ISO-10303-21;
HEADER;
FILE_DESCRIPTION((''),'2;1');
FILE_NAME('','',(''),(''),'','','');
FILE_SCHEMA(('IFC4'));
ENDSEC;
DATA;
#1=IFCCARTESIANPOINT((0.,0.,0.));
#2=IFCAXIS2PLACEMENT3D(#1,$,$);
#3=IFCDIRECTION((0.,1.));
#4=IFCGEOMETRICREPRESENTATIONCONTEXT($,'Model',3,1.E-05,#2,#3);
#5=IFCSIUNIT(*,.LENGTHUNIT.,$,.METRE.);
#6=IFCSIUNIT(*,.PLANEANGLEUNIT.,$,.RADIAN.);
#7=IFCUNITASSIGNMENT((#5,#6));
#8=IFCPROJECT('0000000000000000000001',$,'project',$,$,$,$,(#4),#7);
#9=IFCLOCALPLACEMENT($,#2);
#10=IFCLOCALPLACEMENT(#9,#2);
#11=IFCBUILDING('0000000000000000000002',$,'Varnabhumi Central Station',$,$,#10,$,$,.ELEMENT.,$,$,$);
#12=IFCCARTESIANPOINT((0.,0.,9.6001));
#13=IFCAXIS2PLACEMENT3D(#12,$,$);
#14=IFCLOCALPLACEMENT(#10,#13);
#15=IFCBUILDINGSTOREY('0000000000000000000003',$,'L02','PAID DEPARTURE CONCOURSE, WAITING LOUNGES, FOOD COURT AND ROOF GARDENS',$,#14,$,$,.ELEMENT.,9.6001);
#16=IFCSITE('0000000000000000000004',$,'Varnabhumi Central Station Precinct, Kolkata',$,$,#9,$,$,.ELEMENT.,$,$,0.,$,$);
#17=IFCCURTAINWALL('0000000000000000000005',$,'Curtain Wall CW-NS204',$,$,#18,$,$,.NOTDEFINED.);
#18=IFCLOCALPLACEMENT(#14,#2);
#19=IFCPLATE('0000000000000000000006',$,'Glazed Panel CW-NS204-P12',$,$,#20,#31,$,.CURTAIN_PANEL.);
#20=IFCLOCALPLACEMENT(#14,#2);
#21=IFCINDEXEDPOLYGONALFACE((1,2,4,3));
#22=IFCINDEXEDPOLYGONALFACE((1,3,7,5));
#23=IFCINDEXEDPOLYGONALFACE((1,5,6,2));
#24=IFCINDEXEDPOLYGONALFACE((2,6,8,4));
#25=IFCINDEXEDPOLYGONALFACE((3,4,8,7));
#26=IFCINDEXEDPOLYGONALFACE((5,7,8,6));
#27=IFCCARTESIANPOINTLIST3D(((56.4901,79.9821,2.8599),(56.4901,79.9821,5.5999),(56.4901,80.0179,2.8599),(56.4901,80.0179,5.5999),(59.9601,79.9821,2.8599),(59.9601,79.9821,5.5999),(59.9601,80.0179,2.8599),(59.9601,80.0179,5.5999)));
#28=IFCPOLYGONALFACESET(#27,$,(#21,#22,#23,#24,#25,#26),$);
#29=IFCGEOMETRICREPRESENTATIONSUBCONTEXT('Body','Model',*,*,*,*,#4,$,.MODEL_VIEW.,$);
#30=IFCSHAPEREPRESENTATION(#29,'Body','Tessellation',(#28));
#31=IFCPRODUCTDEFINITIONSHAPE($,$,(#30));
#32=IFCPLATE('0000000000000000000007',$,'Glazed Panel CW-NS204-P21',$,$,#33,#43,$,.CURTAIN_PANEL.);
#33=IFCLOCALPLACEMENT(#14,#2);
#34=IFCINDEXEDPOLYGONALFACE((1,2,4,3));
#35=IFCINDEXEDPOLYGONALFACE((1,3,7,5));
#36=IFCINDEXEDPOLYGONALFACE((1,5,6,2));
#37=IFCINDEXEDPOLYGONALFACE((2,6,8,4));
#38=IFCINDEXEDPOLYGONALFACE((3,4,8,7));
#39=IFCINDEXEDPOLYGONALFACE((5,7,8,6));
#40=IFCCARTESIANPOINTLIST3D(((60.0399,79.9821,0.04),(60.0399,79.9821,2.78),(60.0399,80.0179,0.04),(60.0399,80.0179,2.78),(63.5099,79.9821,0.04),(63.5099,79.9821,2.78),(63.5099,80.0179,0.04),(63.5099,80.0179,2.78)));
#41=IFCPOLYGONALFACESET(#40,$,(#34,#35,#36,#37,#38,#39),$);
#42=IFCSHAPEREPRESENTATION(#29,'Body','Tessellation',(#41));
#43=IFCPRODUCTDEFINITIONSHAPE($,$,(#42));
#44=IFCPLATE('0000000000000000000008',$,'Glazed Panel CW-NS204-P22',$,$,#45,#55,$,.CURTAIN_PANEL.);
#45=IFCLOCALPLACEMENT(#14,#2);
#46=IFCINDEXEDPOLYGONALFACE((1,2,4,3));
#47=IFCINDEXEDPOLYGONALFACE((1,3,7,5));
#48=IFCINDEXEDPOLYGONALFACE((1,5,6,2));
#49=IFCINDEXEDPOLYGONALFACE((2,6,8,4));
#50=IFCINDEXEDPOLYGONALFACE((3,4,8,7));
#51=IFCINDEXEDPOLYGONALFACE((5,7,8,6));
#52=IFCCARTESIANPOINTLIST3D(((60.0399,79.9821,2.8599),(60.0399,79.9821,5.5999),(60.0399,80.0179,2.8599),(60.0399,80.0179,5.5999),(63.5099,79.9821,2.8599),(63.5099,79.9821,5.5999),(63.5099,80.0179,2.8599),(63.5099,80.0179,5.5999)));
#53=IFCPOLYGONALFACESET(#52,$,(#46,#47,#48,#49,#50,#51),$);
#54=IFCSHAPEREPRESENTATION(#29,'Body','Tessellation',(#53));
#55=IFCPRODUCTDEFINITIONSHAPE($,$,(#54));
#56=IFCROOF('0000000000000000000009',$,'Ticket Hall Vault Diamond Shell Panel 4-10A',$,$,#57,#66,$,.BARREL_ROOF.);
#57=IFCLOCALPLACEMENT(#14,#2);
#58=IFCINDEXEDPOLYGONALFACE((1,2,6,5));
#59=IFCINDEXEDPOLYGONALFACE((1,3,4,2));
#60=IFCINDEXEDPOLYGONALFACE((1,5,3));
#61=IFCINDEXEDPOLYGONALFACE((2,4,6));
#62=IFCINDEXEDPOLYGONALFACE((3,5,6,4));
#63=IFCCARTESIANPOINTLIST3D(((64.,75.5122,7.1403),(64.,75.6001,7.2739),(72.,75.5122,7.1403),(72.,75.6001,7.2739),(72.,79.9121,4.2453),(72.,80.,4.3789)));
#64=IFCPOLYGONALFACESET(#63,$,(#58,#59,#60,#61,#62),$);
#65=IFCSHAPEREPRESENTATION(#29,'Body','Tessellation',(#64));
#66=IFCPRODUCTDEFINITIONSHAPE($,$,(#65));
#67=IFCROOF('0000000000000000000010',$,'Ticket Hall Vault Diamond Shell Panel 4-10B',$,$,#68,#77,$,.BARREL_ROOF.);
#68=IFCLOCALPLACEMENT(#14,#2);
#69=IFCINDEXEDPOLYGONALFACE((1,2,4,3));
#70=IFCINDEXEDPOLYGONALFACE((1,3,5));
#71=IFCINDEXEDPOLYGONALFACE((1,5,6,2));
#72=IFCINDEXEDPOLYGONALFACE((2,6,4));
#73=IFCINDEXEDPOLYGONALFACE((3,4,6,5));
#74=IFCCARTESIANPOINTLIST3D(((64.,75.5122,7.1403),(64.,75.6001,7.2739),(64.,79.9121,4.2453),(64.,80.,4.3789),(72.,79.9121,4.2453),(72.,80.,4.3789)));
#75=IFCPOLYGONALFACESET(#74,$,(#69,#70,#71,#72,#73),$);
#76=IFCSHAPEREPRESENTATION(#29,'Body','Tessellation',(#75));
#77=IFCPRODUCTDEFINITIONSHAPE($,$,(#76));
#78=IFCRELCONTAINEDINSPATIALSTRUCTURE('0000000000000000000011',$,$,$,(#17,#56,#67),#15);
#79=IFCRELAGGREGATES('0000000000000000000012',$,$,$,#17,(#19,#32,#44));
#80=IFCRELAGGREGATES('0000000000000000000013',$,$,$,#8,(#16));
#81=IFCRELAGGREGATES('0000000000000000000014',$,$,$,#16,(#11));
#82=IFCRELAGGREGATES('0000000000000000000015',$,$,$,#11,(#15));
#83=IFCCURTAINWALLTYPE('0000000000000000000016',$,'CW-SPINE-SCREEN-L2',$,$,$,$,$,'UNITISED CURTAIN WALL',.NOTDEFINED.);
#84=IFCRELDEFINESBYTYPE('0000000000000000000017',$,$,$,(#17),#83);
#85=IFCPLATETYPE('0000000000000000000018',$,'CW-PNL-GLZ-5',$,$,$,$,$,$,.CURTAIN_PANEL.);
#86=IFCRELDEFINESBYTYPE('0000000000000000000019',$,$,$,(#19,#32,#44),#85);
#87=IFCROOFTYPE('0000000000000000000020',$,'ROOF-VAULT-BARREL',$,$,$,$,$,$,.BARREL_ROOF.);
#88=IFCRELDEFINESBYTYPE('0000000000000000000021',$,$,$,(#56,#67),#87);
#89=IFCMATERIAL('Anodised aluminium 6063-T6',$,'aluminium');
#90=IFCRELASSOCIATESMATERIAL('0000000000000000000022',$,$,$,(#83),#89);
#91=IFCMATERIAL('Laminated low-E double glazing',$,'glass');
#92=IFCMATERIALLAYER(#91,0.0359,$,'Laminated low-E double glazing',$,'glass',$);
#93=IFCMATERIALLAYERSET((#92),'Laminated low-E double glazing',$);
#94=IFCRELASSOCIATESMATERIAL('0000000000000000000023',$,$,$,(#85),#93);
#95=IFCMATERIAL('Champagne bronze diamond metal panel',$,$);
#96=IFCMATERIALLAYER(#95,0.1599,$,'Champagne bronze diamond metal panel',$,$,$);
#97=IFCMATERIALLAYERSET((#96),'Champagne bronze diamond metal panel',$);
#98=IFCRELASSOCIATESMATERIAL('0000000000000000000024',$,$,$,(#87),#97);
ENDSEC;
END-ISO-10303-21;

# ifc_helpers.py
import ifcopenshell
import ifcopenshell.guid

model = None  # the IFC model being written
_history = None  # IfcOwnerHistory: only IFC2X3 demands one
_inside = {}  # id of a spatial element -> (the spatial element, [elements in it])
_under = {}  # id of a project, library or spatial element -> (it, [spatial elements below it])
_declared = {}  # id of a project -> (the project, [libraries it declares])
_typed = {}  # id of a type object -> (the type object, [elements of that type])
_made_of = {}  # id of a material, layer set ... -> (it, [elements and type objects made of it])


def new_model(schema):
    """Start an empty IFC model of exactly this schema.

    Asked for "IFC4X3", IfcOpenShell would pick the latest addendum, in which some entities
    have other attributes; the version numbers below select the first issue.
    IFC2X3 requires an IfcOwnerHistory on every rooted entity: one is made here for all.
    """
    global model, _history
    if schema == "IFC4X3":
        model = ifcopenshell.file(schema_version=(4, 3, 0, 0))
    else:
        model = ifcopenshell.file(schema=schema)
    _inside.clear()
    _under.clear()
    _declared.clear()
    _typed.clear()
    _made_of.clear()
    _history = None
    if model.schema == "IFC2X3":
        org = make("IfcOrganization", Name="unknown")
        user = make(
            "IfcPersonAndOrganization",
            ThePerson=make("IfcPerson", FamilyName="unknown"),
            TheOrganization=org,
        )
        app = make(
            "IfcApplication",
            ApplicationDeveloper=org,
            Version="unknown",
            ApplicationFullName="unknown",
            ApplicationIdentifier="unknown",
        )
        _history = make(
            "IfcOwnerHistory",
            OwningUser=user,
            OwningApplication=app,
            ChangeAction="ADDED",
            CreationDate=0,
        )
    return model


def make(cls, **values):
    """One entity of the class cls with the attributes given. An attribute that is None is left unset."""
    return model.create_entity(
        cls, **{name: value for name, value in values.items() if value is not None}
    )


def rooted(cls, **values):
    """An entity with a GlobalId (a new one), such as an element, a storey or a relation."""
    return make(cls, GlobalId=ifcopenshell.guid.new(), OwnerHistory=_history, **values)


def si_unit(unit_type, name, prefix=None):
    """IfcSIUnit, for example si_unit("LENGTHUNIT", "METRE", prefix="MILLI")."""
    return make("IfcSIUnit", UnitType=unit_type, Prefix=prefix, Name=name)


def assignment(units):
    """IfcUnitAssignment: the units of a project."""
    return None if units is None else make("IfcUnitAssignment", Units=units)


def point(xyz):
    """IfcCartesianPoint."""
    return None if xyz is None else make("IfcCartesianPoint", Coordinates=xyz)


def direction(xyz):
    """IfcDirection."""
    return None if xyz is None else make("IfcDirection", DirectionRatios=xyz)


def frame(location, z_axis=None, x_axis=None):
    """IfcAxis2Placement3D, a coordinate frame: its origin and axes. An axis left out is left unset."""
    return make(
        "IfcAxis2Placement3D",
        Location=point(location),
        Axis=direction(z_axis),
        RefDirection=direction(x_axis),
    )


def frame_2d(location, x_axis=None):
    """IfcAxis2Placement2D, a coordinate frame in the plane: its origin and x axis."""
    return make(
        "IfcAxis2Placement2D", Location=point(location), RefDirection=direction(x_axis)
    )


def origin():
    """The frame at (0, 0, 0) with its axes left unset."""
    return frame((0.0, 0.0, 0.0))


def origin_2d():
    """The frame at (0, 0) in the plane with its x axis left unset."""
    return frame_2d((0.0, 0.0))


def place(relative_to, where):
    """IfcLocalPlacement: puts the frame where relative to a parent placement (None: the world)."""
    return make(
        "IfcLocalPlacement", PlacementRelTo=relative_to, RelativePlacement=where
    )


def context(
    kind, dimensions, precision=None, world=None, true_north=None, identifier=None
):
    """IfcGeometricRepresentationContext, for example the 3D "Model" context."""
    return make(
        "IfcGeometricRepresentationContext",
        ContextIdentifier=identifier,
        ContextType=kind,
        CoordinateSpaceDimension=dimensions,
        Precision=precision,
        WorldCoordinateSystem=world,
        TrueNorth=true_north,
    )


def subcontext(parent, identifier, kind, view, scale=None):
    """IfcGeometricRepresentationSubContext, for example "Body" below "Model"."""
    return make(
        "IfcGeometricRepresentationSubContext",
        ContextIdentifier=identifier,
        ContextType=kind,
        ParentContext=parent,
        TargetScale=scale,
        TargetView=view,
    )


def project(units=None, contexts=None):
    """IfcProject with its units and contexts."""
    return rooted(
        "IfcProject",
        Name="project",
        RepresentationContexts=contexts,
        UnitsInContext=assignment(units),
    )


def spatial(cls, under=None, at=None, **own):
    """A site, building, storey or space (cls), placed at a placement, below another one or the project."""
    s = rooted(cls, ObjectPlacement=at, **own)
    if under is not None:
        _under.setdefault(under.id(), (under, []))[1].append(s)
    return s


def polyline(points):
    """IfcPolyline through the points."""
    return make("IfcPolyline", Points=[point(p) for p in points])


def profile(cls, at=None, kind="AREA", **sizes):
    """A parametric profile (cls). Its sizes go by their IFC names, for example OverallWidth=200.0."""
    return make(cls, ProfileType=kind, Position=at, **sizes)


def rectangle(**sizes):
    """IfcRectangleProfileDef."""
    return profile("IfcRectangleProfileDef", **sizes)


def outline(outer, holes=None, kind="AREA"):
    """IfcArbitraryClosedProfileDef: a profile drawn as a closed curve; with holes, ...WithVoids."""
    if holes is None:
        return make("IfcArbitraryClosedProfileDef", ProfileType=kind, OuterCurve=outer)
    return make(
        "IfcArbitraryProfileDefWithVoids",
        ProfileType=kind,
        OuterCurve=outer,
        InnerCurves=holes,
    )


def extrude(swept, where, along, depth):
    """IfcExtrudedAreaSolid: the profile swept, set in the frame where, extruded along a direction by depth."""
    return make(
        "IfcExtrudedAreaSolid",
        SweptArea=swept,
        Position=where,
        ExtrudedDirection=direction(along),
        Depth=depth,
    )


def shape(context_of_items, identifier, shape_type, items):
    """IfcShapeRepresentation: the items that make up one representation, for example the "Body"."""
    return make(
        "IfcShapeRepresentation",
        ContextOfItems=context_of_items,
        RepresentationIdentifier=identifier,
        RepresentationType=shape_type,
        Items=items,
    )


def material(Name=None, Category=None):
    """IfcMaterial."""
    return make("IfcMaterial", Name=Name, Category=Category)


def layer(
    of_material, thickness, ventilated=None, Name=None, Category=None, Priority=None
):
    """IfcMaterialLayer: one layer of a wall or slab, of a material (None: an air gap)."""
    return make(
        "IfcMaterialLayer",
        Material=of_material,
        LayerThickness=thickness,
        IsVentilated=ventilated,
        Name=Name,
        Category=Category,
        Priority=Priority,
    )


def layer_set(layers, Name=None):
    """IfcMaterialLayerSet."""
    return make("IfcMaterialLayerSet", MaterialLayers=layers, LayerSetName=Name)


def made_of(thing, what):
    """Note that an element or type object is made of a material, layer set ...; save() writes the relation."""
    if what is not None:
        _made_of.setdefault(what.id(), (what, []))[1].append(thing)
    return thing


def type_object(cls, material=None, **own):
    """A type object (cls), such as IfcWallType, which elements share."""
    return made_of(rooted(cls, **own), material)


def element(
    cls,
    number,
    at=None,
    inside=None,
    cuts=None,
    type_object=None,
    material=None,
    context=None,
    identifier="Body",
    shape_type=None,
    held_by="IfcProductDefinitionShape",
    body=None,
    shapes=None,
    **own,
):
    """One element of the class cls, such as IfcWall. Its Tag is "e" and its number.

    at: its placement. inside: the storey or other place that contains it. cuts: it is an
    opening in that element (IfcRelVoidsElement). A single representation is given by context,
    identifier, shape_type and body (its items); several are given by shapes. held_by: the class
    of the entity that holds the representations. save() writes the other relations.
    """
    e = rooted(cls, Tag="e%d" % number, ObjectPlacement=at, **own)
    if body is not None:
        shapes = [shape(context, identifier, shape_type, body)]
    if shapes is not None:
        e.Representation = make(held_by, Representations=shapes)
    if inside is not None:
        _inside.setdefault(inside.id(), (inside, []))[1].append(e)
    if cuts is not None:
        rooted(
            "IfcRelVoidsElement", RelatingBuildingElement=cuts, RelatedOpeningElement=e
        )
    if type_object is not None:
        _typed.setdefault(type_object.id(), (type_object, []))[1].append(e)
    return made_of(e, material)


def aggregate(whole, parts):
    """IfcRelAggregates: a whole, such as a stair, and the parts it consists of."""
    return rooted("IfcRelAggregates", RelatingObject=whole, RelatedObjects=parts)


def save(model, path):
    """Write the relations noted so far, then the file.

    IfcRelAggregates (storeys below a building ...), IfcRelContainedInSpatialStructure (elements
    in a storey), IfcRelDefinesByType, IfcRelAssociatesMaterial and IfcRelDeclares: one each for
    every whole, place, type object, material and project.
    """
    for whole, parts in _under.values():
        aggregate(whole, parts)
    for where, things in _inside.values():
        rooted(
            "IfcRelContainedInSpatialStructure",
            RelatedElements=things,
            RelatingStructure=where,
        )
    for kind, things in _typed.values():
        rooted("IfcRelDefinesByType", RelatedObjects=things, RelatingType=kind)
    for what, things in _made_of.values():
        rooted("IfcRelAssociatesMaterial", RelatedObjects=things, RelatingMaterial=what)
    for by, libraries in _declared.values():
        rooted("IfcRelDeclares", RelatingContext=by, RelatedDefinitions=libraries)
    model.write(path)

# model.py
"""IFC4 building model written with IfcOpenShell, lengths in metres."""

from ifc_helpers import new_model, si_unit, direction, frame, origin, origin_2d, place, context, subcontext, project, spatial, polyline, rectangle, outline, extrude, material, layer, layer_set, type_object, element, aggregate, save


model = new_model("IFC4")

# Units and contexts
model_context = context("Model", 3, precision=1e-05, world=origin(), true_north=direction((0.0, 1.0)))
body_context = subcontext(model_context, "Body", "Model", "MODEL_VIEW")
ifc_project = project(units=[si_unit("LENGTHUNIT", "METRE"), si_unit("PLANEANGLEUNIT", "RADIAN")], contexts=[model_context])

# Site, building, storey
site_placement = place(None, origin())
site = spatial("IfcSite", under=ifc_project, at=site_placement, Name="Varnabhumi Central Station Precinct, Kolkata", CompositionType="ELEMENT", RefElevation=0.0)
building_placement = place(site_placement, origin())
building = spatial("IfcBuilding", under=site, at=building_placement, Name="Varnabhumi Central Station", CompositionType="ELEMENT")
storey_placement = place(building_placement, frame((0.0, 0.0, 9.6001)))
storey = spatial("IfcBuildingStorey", under=building, at=storey_placement, Name="L02", Description="PAID DEPARTURE CONCOURSE, WAITING LOUNGES, FOOD COURT AND ROOF GARDENS", CompositionType="ELEMENT", Elevation=9.6001)

# Curtain wall
ifc_material_1 = material(Name="Anodised aluminium 6063-T6", Category="aluminium")
curtain_wall_type_1 = type_object("IfcCurtainWallType", Name="CW-SPINE-SCREEN-L2", ElementType="UNITISED CURTAIN WALL", PredefinedType="NOTDEFINED", material=ifc_material_1)
curtain_wall_1_placement = place(storey_placement, origin())
curtain_wall_1 = element("IfcCurtainWall", 1, at=curtain_wall_1_placement, inside=storey, type_object=curtain_wall_type_1, Name="Curtain Wall CW-NS204", PredefinedType="NOTDEFINED")

# Plates
ifc_material_2 = material(Name="Laminated low-E double glazing", Category="glass")
ifc_layer_1 = layer(ifc_material_2, 0.0359, Name="Laminated low-E double glazing", Category="glass")
ifc_layer_set_1 = layer_set([ifc_layer_1], Name="Laminated low-E double glazing")
plate_type = type_object("IfcPlateType", Name="CW-PNL-GLZ-5", PredefinedType="CURTAIN_PANEL", material=ifc_layer_set_1)
plate_1_placement = place(storey_placement, frame((58.2251, 80.0, 2.8599), z_axis=(0.0, 0.0, 1.0), x_axis=(1.0, 0.0, 0.0)))
plate_1 = element("IfcPlate", 2, at=plate_1_placement, type_object=plate_type, Name="Glazed Panel CW-NS204-P12", PredefinedType="CURTAIN_PANEL", context=body_context, shape_type="SweptSolid", body=[
    extrude(rectangle(XDim=3.47, YDim=0.0359, at=origin_2d()), origin(), (0.0, 0.0, 1.0), 2.74),
])
plate_2_placement = place(storey_placement, frame((61.7749, 80.0, 0.04), z_axis=(0.0, 0.0, 1.0), x_axis=(1.0, 0.0, 0.0)))
plate_2 = element("IfcPlate", 3, at=plate_2_placement, type_object=plate_type, Name="Glazed Panel CW-NS204-P21", PredefinedType="CURTAIN_PANEL", context=body_context, shape_type="SweptSolid", body=[
    extrude(rectangle(XDim=3.47, YDim=0.0359, at=origin_2d()), origin(), (0.0, 0.0, 1.0), 2.74),
])
plate_3_placement = place(storey_placement, frame((61.7749, 80.0, 2.8599), z_axis=(0.0, 0.0, 1.0), x_axis=(1.0, 0.0, 0.0)))
plate_3 = element("IfcPlate", 4, at=plate_3_placement, type_object=plate_type, Name="Glazed Panel CW-NS204-P22", PredefinedType="CURTAIN_PANEL", context=body_context, shape_type="SweptSolid", body=[
    extrude(rectangle(XDim=3.47, YDim=0.0359, at=origin_2d()), origin(), (0.0, 0.0, 1.0), 2.74),
])
aggregate(curtain_wall_1, [plate_1, plate_2, plate_3])

# Roofs
ifc_material_3 = material(Name="Champagne bronze diamond metal panel")
ifc_layer_2 = layer(ifc_material_3, 0.1599, Name="Champagne bronze diamond metal panel")
ifc_layer_set_2 = layer_set([ifc_layer_2], Name="Champagne bronze diamond metal panel")
roof_type = type_object("IfcRoofType", Name="ROOF-VAULT-BARREL", PredefinedType="BARREL_ROOF", material=ifc_layer_set_2)
roof_1_placement = place(storey_placement, frame((64.0, 75.6001, 7.2739), z_axis=(0.0, 0.549662, 0.835387), x_axis=(1.0, 0.0, 0.0)))
element("IfcRoof", 5, at=roof_1_placement, inside=storey, type_object=roof_type, Name="Ticket Hall Vault Diamond Shell Panel 4-10A", PredefinedType="BARREL_ROOF", context=body_context, shape_type="SweptSolid", body=[
    extrude(outline(polyline([(0.0, 0.0), (8.0, 0.0), (8.0, 5.2669), (0.0, 0.0)])), origin(), (0.0, 0.0, -1.0), 0.1599),
])
roof_2_placement = place(storey_placement, frame((64.0, 75.6001, 7.2739), z_axis=(0.0, 0.549662, 0.835387), x_axis=(0.835237, 0.45937, -0.302254)))
element("IfcRoof", 6, at=roof_2_placement, inside=storey, type_object=roof_type, Name="Ticket Hall Vault Diamond Shell Panel 4-10B", PredefinedType="BARREL_ROOF", context=body_context, shape_type="SweptSolid", body=[
    extrude(outline(polyline([(0.0, 0.0), (9.5781, 0.0), (2.8962, 4.3991), (0.0, 0.0)])), origin(), (0.0, 0.0, -1.0), 0.1599),
])

save(model, "model.ifc")
